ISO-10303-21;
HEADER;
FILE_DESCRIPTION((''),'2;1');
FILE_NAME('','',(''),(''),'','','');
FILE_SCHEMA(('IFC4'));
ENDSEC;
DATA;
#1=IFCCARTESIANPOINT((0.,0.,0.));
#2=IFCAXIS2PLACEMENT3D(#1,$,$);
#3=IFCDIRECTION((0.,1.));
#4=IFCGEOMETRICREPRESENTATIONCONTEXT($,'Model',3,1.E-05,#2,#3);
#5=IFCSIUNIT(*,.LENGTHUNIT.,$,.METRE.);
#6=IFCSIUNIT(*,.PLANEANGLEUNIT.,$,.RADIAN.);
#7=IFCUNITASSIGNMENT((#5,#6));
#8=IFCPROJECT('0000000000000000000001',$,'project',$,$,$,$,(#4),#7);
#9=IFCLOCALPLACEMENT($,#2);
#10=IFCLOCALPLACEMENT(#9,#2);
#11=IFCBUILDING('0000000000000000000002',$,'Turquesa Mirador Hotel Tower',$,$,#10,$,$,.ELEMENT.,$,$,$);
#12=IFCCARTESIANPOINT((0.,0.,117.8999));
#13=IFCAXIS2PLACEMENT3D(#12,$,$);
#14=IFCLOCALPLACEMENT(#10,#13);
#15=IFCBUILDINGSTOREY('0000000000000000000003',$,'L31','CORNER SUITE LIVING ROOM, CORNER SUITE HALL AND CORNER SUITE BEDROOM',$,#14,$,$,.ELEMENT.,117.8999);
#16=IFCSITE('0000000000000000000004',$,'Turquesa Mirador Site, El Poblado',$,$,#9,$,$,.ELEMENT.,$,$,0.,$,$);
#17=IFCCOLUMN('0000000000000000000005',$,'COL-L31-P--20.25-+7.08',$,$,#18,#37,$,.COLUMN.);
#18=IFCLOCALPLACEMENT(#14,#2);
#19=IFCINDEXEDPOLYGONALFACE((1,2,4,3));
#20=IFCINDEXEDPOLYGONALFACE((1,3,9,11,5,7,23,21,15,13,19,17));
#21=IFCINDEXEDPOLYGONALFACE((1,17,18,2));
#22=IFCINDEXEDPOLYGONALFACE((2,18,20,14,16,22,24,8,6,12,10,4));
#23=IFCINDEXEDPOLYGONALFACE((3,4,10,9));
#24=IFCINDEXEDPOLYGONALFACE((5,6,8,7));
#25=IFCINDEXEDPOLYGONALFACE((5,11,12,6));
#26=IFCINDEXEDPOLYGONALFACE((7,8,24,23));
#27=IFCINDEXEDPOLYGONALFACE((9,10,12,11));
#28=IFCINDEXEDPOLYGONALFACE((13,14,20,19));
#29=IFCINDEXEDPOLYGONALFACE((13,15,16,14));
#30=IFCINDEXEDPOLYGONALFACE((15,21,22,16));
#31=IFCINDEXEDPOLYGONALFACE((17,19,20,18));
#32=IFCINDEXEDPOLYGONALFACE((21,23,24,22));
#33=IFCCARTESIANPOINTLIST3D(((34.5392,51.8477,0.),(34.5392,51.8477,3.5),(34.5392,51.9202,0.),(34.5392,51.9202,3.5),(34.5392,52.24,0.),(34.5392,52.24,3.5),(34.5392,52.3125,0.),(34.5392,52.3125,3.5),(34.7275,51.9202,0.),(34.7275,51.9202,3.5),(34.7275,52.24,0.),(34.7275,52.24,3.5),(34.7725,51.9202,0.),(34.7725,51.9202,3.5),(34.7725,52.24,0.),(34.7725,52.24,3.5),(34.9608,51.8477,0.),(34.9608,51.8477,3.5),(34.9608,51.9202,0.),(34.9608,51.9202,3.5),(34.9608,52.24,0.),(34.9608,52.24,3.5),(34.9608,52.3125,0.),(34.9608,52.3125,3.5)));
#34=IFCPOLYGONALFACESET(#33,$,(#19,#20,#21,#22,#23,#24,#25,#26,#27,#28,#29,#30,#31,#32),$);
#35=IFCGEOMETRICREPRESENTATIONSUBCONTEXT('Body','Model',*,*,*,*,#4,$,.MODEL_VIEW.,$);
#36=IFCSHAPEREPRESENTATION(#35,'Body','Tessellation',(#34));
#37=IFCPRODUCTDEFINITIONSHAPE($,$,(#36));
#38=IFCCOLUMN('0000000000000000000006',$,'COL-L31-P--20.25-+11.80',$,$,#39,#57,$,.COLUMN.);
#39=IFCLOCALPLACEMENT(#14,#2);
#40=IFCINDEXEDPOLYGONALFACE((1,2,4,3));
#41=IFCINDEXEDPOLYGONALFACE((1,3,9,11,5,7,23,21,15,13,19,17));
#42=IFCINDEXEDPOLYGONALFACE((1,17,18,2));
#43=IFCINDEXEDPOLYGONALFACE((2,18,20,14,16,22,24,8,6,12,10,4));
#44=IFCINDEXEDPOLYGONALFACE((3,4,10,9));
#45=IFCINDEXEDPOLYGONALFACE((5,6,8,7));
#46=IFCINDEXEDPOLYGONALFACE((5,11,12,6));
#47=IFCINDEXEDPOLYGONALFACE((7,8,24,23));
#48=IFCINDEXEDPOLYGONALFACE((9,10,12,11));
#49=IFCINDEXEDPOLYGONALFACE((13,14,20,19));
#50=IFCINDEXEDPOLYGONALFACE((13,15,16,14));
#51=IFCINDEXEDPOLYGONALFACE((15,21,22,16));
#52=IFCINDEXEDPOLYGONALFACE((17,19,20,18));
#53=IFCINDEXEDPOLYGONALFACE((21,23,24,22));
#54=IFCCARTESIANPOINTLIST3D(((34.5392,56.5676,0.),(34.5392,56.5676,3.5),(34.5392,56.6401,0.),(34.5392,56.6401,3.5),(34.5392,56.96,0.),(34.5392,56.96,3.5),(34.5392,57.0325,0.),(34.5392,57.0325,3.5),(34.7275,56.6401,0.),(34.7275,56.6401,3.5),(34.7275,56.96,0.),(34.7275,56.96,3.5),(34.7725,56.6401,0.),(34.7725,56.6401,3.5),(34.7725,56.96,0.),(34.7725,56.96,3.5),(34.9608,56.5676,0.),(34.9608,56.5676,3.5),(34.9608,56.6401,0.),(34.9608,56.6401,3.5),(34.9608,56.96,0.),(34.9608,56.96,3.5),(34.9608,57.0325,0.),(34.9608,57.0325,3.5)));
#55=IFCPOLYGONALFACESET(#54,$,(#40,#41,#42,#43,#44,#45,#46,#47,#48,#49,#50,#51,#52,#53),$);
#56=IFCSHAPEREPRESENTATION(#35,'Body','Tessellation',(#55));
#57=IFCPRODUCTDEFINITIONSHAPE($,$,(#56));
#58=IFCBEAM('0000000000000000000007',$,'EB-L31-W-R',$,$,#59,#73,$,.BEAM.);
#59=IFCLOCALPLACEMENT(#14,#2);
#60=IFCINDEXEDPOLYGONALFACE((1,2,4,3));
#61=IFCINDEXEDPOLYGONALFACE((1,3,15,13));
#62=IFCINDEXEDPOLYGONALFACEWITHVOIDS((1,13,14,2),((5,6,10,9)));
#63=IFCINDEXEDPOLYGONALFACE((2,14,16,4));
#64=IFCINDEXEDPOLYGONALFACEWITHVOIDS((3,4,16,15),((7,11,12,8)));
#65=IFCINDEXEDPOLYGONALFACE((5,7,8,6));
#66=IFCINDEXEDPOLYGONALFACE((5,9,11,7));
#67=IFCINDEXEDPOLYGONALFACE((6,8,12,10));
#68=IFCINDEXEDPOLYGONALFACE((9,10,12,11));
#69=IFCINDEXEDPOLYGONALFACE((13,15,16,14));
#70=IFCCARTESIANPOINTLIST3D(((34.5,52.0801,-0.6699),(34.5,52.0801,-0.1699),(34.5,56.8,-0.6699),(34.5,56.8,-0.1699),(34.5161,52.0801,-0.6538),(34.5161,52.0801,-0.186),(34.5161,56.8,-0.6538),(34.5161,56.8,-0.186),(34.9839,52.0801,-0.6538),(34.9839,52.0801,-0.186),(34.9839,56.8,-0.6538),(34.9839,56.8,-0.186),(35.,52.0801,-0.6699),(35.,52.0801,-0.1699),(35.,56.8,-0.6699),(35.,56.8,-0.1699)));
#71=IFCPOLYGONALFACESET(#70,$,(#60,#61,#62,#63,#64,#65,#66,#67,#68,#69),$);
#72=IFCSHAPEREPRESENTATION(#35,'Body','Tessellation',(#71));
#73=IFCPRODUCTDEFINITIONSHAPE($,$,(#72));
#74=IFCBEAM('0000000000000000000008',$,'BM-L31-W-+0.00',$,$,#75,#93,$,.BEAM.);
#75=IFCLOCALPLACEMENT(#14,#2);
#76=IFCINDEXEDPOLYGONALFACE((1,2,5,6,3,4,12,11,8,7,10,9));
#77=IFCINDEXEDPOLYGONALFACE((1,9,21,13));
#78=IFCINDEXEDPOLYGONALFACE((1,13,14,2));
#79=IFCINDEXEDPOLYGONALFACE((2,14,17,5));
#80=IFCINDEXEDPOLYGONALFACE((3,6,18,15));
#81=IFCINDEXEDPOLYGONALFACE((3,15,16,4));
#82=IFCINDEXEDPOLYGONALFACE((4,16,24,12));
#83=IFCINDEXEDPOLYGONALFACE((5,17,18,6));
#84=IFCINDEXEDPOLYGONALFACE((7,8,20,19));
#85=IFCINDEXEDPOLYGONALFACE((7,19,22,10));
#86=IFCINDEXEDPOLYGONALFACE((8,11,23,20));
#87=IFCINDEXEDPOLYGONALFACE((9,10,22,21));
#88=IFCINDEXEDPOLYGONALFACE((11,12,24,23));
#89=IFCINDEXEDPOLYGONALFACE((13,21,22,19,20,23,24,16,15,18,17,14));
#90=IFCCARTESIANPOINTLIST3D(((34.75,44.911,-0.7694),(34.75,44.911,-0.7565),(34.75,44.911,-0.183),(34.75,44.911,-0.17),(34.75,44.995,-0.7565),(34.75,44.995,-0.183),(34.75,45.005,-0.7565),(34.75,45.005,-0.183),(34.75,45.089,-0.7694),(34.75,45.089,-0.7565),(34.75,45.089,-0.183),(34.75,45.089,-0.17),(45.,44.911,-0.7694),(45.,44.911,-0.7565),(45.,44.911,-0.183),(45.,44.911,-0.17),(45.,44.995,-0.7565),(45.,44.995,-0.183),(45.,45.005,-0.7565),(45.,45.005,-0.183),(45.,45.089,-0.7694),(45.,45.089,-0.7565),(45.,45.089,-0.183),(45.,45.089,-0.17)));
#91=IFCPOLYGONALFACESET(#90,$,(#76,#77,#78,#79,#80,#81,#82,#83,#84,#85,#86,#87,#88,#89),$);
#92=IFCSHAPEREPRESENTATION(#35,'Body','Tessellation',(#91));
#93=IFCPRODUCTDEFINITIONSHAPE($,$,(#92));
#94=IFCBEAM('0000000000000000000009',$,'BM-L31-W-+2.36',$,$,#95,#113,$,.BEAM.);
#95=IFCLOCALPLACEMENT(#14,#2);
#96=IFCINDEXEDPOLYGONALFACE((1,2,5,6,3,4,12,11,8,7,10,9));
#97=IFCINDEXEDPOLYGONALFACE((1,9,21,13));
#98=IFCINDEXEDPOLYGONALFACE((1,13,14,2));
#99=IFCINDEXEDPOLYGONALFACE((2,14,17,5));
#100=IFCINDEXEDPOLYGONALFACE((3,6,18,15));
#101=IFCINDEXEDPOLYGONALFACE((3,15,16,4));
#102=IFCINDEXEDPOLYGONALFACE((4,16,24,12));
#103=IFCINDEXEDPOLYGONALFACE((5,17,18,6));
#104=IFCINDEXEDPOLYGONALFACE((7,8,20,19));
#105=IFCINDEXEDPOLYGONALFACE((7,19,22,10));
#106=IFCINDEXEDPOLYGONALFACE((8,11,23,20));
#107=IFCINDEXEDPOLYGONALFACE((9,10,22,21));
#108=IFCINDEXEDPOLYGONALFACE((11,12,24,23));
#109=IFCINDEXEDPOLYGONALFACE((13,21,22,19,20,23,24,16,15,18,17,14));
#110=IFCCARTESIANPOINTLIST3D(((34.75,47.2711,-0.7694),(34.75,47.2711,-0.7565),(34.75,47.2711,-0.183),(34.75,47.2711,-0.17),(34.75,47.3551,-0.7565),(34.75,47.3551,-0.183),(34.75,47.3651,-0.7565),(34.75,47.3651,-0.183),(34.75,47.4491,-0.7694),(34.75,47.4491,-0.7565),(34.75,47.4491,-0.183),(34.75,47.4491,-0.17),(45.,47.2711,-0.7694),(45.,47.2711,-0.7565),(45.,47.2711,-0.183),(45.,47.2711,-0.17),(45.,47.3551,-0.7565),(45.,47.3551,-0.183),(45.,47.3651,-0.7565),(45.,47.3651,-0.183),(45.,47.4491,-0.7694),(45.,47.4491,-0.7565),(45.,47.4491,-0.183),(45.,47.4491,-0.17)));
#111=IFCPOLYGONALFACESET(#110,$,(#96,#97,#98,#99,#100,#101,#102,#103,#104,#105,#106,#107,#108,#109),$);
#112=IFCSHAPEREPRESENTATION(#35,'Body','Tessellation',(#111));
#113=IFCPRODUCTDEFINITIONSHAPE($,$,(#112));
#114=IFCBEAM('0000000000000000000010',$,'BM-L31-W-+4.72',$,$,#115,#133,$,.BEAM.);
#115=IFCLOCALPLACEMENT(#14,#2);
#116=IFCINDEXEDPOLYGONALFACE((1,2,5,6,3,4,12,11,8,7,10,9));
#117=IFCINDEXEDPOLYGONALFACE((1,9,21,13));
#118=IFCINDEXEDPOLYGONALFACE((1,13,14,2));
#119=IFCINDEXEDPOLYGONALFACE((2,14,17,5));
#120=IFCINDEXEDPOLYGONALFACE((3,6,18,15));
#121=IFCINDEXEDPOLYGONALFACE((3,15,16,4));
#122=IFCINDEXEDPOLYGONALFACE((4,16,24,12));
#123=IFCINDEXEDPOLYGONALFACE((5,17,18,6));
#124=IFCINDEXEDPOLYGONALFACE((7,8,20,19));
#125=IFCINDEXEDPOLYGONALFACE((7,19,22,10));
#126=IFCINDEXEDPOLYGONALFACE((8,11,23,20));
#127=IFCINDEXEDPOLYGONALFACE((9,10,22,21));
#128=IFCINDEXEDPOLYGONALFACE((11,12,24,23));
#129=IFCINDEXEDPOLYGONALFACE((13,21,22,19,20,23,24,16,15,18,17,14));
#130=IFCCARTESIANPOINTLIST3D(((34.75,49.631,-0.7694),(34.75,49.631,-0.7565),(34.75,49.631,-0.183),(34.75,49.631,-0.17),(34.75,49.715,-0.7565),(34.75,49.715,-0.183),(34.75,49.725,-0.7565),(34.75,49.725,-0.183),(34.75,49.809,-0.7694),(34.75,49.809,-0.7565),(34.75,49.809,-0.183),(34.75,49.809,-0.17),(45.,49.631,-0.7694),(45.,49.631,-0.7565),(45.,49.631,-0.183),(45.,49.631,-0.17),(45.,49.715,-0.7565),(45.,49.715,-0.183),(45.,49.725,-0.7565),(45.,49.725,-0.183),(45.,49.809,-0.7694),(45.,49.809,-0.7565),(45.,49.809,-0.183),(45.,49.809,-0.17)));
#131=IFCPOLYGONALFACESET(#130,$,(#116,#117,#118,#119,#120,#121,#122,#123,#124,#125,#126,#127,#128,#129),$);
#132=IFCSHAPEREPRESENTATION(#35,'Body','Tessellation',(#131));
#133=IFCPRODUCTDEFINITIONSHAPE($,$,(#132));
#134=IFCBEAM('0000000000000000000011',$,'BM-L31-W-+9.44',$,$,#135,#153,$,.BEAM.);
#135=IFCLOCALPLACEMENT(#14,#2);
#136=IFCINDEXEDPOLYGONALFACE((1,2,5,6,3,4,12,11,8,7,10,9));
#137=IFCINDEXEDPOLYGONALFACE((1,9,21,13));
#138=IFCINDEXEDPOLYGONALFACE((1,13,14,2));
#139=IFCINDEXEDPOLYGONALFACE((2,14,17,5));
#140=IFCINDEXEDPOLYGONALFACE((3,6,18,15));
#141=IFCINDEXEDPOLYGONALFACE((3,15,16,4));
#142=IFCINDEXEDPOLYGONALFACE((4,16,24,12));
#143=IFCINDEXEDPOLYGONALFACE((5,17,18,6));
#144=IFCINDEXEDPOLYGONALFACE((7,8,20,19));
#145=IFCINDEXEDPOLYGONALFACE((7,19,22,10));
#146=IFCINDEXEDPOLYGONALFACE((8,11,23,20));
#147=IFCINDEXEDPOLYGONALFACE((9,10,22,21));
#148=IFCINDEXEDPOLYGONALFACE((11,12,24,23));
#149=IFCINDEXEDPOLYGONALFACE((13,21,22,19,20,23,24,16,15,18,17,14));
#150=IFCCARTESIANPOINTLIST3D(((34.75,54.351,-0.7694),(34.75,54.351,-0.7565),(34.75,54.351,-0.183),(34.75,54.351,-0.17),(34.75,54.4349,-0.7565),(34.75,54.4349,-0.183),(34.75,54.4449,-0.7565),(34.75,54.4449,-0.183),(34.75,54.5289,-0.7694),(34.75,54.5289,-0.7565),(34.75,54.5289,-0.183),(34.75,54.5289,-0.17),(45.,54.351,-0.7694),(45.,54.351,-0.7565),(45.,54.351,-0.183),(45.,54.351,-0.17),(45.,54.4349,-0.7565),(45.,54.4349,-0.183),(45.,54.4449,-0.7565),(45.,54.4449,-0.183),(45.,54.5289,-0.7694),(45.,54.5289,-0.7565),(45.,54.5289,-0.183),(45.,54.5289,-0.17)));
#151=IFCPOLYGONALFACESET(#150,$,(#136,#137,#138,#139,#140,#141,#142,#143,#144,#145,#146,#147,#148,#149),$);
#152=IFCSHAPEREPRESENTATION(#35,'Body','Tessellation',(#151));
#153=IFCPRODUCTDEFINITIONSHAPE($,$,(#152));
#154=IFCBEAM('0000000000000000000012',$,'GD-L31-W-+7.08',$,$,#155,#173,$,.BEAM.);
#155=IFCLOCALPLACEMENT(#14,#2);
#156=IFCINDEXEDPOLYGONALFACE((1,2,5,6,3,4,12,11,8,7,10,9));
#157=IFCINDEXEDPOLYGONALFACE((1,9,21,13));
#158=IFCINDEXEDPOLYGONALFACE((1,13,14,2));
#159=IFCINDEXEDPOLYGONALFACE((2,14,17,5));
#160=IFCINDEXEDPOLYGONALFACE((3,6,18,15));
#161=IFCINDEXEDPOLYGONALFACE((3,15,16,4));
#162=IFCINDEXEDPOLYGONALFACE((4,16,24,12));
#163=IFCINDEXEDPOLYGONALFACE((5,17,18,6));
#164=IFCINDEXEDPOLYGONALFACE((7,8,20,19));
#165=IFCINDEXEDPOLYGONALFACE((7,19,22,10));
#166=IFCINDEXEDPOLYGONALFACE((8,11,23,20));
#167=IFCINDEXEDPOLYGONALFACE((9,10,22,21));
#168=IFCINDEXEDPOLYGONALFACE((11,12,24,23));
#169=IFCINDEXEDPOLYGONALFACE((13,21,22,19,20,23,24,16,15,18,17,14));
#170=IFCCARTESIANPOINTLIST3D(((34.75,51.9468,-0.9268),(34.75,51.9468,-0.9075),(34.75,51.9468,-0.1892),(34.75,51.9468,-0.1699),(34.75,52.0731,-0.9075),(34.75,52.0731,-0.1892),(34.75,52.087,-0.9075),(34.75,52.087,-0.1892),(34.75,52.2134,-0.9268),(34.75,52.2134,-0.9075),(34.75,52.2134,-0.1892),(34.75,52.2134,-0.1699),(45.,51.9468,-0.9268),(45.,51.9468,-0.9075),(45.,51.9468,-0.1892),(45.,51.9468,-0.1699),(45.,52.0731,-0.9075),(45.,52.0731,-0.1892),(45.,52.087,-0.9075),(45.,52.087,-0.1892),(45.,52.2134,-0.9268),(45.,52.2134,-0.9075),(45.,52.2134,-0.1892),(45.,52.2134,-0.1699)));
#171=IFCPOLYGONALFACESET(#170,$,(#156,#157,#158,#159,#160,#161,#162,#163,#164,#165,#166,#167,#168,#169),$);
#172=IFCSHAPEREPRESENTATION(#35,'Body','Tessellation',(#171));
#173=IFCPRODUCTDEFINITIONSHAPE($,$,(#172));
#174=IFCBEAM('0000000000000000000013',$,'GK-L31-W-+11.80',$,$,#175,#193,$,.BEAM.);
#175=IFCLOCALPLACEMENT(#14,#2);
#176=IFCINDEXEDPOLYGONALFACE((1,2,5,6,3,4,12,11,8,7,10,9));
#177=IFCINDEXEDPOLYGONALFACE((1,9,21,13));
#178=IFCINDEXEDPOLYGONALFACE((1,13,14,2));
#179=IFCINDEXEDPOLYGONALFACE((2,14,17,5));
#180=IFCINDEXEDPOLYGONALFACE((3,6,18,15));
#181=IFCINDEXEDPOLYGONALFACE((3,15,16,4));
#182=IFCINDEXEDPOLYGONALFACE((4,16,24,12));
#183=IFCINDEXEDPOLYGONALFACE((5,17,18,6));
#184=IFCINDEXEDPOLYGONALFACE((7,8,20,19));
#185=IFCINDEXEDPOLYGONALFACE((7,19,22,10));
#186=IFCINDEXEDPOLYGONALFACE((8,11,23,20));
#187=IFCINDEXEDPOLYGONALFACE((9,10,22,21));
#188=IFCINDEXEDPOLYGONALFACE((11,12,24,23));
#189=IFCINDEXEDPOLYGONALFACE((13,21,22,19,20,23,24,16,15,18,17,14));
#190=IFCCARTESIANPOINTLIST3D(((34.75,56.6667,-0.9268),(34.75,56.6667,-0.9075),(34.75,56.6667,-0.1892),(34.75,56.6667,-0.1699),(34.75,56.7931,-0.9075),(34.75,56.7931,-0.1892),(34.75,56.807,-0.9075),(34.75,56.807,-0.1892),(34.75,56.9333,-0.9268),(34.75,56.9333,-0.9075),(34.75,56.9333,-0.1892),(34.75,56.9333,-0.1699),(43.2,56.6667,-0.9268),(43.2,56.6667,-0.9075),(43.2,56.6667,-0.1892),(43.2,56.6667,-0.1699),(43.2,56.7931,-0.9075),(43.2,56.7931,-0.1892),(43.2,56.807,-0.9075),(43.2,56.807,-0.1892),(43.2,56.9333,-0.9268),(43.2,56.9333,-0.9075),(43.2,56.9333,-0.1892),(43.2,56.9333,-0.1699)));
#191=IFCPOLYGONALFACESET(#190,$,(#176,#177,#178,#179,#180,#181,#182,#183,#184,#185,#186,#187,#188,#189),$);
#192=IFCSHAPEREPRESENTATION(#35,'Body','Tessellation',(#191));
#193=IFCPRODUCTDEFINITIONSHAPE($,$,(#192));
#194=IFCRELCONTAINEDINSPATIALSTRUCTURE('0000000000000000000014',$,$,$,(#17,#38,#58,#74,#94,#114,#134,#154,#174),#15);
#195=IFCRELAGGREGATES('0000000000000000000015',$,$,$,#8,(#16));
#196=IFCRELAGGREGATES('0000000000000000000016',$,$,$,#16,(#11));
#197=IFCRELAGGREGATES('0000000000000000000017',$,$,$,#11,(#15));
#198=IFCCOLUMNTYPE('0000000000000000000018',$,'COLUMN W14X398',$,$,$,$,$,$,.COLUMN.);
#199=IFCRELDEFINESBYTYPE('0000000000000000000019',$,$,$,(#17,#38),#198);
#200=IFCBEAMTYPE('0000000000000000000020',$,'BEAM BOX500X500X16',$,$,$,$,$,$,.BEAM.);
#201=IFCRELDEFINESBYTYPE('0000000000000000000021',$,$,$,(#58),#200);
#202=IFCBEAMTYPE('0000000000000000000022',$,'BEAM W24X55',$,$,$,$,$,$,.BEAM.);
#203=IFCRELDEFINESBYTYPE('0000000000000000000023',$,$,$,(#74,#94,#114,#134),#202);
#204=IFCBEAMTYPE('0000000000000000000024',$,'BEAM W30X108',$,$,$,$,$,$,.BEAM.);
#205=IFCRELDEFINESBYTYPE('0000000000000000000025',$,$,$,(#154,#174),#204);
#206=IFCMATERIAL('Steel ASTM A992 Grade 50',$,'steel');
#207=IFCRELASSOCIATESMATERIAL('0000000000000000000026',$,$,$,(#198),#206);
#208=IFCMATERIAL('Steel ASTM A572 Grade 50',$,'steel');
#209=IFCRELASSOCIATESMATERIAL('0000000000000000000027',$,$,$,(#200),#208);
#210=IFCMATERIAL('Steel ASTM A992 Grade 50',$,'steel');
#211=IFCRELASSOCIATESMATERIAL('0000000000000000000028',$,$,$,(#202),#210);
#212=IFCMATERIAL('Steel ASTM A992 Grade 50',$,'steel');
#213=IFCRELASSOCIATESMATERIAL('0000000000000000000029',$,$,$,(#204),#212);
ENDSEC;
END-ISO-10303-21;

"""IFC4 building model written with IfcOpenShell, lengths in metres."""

from ifc_helpers import new_model, si_unit, direction, frame, origin, origin_2d, place, context, subcontext, project, spatial, hollow_rectangle, i_section, extrude, material, material_profile, profile_set, type_object, element, save


model = new_model("IFC4")

# Units and contexts
model_context = context("Model", 3, precision=1e-05, world=origin(), true_north=direction((0.0, 1.0)))
body_context = subcontext(model_context, "Body", "Model", "MODEL_VIEW")
ifc_project = project(units=[si_unit("LENGTHUNIT", "METRE"), si_unit("PLANEANGLEUNIT", "RADIAN")], contexts=[model_context])

# Site, building, storey
site_placement = place(None, origin())
site = spatial("IfcSite", under=ifc_project, at=site_placement, Name="Turquesa Mirador Site, El Poblado", CompositionType="ELEMENT", RefElevation=0.0)
building_placement = place(site_placement, origin())
building = spatial("IfcBuilding", under=site, at=building_placement, Name="Turquesa Mirador Hotel Tower", CompositionType="ELEMENT")
storey_placement = place(building_placement, frame((0.0, 0.0, 117.8999)))
storey = spatial("IfcBuildingStorey", under=building, at=storey_placement, Name="L31", Description="CORNER SUITE LIVING ROOM, CORNER SUITE HALL AND CORNER SUITE BEDROOM", CompositionType="ELEMENT", Elevation=117.8999)

# Columns
ifc_material_1 = material(Name="Steel ASTM A992 Grade 50", Category="steel")
ifc_material_profile_1 = material_profile(ifc_material_1, i_section(OverallWidth=0.4216, OverallDepth=0.4648, WebThickness=0.0449, FlangeThickness=0.0725, at=origin_2d()), Name="W14X398")
ifc_profile_set_1 = profile_set([ifc_material_profile_1], Name="Steel ASTM A992 Grade 50")
column_type = type_object("IfcColumnType", Name="COLUMN W14X398", PredefinedType="COLUMN", material=ifc_profile_set_1)
for number, where, z_axis, x_axis, name in (
    (1, (34.75, 52.0801, 0.0), (0.0, 0.0, 1.0), (1.0, 0.0, 0.0), "COL-L31-P--20.25-+7.08"),
    (2, (34.75, 56.8, 0.0), (0.0, 0.0, 1.0), (1.0, 0.0, 0.0), "COL-L31-P--20.25-+11.80"),
):
    element("IfcColumn", number, at=place(storey_placement, frame(where, z_axis=z_axis, x_axis=x_axis)), inside=storey, type_object=column_type, Name=name, PredefinedType="COLUMN", context=body_context, shape_type="SweptSolid", body=[
        extrude(i_section(OverallWidth=0.4216, OverallDepth=0.4648, WebThickness=0.0449, FlangeThickness=0.0725, at=origin_2d()), origin(), (0.0, 0.0, 1.0), 3.5),
    ])

# Beams
ifc_material_2 = material(Name="Steel ASTM A572 Grade 50", Category="steel")
ifc_material_profile_2 = material_profile(ifc_material_2, hollow_rectangle(XDim=0.5, YDim=0.5, WallThickness=0.0161, at=origin_2d()), Name="BOX500X500X16")
ifc_profile_set_2 = profile_set([ifc_material_profile_2], Name="Steel ASTM A572 Grade 50")
beam_type_1 = type_object("IfcBeamType", Name="BEAM BOX500X500X16", PredefinedType="BEAM", material=ifc_profile_set_2)
beam_1_placement = place(storey_placement, frame((34.75, 52.0801, -0.4199), z_axis=(0.0, 1.0, 0.0), x_axis=(-1.0, 0.0, 0.0)))
element("IfcBeam", 3, at=beam_1_placement, inside=storey, type_object=beam_type_1, Name="EB-L31-W-R", PredefinedType="BEAM", context=body_context, shape_type="SweptSolid", body=[
    extrude(hollow_rectangle(XDim=0.5, YDim=0.5, WallThickness=0.0161, at=origin_2d()), origin(), (0.0, 0.0, 1.0), 4.72),
])
ifc_material_3 = material(Name="Steel ASTM A992 Grade 50", Category="steel")
ifc_material_profile_3 = material_profile(ifc_material_3, i_section(OverallWidth=0.178, OverallDepth=0.5994, WebThickness=0.01, FlangeThickness=0.0129, at=origin_2d()), Name="W24X55")
ifc_profile_set_3 = profile_set([ifc_material_profile_3], Name="Steel ASTM A992 Grade 50")
beam_type_2 = type_object("IfcBeamType", Name="BEAM W24X55", PredefinedType="BEAM", material=ifc_profile_set_3)
for number, where, z_axis, x_axis, name in (
    (4, (34.75, 45.0, -0.4697), (1.0, 0.0, 0.0), (0.0, 1.0, 0.0), "BM-L31-W-+0.00"),
    (5, (34.75, 47.3601, -0.4697), (1.0, 0.0, 0.0), (0.0, 1.0, 0.0), "BM-L31-W-+2.36"),
    (6, (34.75, 49.72, -0.4697), (1.0, 0.0, 0.0), (0.0, 1.0, 0.0), "BM-L31-W-+4.72"),
    (7, (34.75, 54.4399, -0.4697), (1.0, 0.0, 0.0), (0.0, 1.0, 0.0), "BM-L31-W-+9.44"),
):
    element("IfcBeam", number, at=place(storey_placement, frame(where, z_axis=z_axis, x_axis=x_axis)), inside=storey, type_object=beam_type_2, Name=name, PredefinedType="BEAM", context=body_context, shape_type="SweptSolid", body=[
        extrude(i_section(OverallWidth=0.178, OverallDepth=0.5994, WebThickness=0.01, FlangeThickness=0.0129, at=origin_2d()), origin(), (0.0, 0.0, 1.0), 10.25),
    ])
ifc_material_4 = material(Name="Steel ASTM A992 Grade 50", Category="steel")
ifc_material_profile_4 = material_profile(ifc_material_4, i_section(OverallWidth=0.2666, OverallDepth=0.7568, WebThickness=0.0139, FlangeThickness=0.0193, at=origin_2d()), Name="W30X108")
ifc_profile_set_4 = profile_set([ifc_material_profile_4], Name="Steel ASTM A992 Grade 50")
beam_type_3 = type_object("IfcBeamType", Name="BEAM W30X108", PredefinedType="BEAM", material=ifc_profile_set_4)
beam_2_placement = place(storey_placement, frame((34.75, 52.0801, -0.5483), z_axis=(1.0, 0.0, 0.0), x_axis=(0.0, 1.0, 0.0)))
element("IfcBeam", 8, at=beam_2_placement, inside=storey, type_object=beam_type_3, Name="GD-L31-W-+7.08", PredefinedType="BEAM", context=body_context, shape_type="SweptSolid", body=[
    extrude(i_section(OverallWidth=0.2666, OverallDepth=0.7568, WebThickness=0.0139, FlangeThickness=0.0193, at=origin_2d()), origin(), (0.0, 0.0, 1.0), 10.25),
])
beam_3_placement = place(storey_placement, frame((34.75, 56.8, -0.5483), z_axis=(1.0, 0.0, 0.0), x_axis=(0.0, 1.0, 0.0)))
element("IfcBeam", 9, at=beam_3_placement, inside=storey, type_object=beam_type_3, Name="GK-L31-W-+11.80", PredefinedType="BEAM", context=body_context, shape_type="SweptSolid", body=[
    extrude(i_section(OverallWidth=0.2666, OverallDepth=0.7568, WebThickness=0.0139, FlangeThickness=0.0193, at=origin_2d()), origin(), (0.0, 0.0, 1.0), 8.45),
])

save(model, "model.ifc")
